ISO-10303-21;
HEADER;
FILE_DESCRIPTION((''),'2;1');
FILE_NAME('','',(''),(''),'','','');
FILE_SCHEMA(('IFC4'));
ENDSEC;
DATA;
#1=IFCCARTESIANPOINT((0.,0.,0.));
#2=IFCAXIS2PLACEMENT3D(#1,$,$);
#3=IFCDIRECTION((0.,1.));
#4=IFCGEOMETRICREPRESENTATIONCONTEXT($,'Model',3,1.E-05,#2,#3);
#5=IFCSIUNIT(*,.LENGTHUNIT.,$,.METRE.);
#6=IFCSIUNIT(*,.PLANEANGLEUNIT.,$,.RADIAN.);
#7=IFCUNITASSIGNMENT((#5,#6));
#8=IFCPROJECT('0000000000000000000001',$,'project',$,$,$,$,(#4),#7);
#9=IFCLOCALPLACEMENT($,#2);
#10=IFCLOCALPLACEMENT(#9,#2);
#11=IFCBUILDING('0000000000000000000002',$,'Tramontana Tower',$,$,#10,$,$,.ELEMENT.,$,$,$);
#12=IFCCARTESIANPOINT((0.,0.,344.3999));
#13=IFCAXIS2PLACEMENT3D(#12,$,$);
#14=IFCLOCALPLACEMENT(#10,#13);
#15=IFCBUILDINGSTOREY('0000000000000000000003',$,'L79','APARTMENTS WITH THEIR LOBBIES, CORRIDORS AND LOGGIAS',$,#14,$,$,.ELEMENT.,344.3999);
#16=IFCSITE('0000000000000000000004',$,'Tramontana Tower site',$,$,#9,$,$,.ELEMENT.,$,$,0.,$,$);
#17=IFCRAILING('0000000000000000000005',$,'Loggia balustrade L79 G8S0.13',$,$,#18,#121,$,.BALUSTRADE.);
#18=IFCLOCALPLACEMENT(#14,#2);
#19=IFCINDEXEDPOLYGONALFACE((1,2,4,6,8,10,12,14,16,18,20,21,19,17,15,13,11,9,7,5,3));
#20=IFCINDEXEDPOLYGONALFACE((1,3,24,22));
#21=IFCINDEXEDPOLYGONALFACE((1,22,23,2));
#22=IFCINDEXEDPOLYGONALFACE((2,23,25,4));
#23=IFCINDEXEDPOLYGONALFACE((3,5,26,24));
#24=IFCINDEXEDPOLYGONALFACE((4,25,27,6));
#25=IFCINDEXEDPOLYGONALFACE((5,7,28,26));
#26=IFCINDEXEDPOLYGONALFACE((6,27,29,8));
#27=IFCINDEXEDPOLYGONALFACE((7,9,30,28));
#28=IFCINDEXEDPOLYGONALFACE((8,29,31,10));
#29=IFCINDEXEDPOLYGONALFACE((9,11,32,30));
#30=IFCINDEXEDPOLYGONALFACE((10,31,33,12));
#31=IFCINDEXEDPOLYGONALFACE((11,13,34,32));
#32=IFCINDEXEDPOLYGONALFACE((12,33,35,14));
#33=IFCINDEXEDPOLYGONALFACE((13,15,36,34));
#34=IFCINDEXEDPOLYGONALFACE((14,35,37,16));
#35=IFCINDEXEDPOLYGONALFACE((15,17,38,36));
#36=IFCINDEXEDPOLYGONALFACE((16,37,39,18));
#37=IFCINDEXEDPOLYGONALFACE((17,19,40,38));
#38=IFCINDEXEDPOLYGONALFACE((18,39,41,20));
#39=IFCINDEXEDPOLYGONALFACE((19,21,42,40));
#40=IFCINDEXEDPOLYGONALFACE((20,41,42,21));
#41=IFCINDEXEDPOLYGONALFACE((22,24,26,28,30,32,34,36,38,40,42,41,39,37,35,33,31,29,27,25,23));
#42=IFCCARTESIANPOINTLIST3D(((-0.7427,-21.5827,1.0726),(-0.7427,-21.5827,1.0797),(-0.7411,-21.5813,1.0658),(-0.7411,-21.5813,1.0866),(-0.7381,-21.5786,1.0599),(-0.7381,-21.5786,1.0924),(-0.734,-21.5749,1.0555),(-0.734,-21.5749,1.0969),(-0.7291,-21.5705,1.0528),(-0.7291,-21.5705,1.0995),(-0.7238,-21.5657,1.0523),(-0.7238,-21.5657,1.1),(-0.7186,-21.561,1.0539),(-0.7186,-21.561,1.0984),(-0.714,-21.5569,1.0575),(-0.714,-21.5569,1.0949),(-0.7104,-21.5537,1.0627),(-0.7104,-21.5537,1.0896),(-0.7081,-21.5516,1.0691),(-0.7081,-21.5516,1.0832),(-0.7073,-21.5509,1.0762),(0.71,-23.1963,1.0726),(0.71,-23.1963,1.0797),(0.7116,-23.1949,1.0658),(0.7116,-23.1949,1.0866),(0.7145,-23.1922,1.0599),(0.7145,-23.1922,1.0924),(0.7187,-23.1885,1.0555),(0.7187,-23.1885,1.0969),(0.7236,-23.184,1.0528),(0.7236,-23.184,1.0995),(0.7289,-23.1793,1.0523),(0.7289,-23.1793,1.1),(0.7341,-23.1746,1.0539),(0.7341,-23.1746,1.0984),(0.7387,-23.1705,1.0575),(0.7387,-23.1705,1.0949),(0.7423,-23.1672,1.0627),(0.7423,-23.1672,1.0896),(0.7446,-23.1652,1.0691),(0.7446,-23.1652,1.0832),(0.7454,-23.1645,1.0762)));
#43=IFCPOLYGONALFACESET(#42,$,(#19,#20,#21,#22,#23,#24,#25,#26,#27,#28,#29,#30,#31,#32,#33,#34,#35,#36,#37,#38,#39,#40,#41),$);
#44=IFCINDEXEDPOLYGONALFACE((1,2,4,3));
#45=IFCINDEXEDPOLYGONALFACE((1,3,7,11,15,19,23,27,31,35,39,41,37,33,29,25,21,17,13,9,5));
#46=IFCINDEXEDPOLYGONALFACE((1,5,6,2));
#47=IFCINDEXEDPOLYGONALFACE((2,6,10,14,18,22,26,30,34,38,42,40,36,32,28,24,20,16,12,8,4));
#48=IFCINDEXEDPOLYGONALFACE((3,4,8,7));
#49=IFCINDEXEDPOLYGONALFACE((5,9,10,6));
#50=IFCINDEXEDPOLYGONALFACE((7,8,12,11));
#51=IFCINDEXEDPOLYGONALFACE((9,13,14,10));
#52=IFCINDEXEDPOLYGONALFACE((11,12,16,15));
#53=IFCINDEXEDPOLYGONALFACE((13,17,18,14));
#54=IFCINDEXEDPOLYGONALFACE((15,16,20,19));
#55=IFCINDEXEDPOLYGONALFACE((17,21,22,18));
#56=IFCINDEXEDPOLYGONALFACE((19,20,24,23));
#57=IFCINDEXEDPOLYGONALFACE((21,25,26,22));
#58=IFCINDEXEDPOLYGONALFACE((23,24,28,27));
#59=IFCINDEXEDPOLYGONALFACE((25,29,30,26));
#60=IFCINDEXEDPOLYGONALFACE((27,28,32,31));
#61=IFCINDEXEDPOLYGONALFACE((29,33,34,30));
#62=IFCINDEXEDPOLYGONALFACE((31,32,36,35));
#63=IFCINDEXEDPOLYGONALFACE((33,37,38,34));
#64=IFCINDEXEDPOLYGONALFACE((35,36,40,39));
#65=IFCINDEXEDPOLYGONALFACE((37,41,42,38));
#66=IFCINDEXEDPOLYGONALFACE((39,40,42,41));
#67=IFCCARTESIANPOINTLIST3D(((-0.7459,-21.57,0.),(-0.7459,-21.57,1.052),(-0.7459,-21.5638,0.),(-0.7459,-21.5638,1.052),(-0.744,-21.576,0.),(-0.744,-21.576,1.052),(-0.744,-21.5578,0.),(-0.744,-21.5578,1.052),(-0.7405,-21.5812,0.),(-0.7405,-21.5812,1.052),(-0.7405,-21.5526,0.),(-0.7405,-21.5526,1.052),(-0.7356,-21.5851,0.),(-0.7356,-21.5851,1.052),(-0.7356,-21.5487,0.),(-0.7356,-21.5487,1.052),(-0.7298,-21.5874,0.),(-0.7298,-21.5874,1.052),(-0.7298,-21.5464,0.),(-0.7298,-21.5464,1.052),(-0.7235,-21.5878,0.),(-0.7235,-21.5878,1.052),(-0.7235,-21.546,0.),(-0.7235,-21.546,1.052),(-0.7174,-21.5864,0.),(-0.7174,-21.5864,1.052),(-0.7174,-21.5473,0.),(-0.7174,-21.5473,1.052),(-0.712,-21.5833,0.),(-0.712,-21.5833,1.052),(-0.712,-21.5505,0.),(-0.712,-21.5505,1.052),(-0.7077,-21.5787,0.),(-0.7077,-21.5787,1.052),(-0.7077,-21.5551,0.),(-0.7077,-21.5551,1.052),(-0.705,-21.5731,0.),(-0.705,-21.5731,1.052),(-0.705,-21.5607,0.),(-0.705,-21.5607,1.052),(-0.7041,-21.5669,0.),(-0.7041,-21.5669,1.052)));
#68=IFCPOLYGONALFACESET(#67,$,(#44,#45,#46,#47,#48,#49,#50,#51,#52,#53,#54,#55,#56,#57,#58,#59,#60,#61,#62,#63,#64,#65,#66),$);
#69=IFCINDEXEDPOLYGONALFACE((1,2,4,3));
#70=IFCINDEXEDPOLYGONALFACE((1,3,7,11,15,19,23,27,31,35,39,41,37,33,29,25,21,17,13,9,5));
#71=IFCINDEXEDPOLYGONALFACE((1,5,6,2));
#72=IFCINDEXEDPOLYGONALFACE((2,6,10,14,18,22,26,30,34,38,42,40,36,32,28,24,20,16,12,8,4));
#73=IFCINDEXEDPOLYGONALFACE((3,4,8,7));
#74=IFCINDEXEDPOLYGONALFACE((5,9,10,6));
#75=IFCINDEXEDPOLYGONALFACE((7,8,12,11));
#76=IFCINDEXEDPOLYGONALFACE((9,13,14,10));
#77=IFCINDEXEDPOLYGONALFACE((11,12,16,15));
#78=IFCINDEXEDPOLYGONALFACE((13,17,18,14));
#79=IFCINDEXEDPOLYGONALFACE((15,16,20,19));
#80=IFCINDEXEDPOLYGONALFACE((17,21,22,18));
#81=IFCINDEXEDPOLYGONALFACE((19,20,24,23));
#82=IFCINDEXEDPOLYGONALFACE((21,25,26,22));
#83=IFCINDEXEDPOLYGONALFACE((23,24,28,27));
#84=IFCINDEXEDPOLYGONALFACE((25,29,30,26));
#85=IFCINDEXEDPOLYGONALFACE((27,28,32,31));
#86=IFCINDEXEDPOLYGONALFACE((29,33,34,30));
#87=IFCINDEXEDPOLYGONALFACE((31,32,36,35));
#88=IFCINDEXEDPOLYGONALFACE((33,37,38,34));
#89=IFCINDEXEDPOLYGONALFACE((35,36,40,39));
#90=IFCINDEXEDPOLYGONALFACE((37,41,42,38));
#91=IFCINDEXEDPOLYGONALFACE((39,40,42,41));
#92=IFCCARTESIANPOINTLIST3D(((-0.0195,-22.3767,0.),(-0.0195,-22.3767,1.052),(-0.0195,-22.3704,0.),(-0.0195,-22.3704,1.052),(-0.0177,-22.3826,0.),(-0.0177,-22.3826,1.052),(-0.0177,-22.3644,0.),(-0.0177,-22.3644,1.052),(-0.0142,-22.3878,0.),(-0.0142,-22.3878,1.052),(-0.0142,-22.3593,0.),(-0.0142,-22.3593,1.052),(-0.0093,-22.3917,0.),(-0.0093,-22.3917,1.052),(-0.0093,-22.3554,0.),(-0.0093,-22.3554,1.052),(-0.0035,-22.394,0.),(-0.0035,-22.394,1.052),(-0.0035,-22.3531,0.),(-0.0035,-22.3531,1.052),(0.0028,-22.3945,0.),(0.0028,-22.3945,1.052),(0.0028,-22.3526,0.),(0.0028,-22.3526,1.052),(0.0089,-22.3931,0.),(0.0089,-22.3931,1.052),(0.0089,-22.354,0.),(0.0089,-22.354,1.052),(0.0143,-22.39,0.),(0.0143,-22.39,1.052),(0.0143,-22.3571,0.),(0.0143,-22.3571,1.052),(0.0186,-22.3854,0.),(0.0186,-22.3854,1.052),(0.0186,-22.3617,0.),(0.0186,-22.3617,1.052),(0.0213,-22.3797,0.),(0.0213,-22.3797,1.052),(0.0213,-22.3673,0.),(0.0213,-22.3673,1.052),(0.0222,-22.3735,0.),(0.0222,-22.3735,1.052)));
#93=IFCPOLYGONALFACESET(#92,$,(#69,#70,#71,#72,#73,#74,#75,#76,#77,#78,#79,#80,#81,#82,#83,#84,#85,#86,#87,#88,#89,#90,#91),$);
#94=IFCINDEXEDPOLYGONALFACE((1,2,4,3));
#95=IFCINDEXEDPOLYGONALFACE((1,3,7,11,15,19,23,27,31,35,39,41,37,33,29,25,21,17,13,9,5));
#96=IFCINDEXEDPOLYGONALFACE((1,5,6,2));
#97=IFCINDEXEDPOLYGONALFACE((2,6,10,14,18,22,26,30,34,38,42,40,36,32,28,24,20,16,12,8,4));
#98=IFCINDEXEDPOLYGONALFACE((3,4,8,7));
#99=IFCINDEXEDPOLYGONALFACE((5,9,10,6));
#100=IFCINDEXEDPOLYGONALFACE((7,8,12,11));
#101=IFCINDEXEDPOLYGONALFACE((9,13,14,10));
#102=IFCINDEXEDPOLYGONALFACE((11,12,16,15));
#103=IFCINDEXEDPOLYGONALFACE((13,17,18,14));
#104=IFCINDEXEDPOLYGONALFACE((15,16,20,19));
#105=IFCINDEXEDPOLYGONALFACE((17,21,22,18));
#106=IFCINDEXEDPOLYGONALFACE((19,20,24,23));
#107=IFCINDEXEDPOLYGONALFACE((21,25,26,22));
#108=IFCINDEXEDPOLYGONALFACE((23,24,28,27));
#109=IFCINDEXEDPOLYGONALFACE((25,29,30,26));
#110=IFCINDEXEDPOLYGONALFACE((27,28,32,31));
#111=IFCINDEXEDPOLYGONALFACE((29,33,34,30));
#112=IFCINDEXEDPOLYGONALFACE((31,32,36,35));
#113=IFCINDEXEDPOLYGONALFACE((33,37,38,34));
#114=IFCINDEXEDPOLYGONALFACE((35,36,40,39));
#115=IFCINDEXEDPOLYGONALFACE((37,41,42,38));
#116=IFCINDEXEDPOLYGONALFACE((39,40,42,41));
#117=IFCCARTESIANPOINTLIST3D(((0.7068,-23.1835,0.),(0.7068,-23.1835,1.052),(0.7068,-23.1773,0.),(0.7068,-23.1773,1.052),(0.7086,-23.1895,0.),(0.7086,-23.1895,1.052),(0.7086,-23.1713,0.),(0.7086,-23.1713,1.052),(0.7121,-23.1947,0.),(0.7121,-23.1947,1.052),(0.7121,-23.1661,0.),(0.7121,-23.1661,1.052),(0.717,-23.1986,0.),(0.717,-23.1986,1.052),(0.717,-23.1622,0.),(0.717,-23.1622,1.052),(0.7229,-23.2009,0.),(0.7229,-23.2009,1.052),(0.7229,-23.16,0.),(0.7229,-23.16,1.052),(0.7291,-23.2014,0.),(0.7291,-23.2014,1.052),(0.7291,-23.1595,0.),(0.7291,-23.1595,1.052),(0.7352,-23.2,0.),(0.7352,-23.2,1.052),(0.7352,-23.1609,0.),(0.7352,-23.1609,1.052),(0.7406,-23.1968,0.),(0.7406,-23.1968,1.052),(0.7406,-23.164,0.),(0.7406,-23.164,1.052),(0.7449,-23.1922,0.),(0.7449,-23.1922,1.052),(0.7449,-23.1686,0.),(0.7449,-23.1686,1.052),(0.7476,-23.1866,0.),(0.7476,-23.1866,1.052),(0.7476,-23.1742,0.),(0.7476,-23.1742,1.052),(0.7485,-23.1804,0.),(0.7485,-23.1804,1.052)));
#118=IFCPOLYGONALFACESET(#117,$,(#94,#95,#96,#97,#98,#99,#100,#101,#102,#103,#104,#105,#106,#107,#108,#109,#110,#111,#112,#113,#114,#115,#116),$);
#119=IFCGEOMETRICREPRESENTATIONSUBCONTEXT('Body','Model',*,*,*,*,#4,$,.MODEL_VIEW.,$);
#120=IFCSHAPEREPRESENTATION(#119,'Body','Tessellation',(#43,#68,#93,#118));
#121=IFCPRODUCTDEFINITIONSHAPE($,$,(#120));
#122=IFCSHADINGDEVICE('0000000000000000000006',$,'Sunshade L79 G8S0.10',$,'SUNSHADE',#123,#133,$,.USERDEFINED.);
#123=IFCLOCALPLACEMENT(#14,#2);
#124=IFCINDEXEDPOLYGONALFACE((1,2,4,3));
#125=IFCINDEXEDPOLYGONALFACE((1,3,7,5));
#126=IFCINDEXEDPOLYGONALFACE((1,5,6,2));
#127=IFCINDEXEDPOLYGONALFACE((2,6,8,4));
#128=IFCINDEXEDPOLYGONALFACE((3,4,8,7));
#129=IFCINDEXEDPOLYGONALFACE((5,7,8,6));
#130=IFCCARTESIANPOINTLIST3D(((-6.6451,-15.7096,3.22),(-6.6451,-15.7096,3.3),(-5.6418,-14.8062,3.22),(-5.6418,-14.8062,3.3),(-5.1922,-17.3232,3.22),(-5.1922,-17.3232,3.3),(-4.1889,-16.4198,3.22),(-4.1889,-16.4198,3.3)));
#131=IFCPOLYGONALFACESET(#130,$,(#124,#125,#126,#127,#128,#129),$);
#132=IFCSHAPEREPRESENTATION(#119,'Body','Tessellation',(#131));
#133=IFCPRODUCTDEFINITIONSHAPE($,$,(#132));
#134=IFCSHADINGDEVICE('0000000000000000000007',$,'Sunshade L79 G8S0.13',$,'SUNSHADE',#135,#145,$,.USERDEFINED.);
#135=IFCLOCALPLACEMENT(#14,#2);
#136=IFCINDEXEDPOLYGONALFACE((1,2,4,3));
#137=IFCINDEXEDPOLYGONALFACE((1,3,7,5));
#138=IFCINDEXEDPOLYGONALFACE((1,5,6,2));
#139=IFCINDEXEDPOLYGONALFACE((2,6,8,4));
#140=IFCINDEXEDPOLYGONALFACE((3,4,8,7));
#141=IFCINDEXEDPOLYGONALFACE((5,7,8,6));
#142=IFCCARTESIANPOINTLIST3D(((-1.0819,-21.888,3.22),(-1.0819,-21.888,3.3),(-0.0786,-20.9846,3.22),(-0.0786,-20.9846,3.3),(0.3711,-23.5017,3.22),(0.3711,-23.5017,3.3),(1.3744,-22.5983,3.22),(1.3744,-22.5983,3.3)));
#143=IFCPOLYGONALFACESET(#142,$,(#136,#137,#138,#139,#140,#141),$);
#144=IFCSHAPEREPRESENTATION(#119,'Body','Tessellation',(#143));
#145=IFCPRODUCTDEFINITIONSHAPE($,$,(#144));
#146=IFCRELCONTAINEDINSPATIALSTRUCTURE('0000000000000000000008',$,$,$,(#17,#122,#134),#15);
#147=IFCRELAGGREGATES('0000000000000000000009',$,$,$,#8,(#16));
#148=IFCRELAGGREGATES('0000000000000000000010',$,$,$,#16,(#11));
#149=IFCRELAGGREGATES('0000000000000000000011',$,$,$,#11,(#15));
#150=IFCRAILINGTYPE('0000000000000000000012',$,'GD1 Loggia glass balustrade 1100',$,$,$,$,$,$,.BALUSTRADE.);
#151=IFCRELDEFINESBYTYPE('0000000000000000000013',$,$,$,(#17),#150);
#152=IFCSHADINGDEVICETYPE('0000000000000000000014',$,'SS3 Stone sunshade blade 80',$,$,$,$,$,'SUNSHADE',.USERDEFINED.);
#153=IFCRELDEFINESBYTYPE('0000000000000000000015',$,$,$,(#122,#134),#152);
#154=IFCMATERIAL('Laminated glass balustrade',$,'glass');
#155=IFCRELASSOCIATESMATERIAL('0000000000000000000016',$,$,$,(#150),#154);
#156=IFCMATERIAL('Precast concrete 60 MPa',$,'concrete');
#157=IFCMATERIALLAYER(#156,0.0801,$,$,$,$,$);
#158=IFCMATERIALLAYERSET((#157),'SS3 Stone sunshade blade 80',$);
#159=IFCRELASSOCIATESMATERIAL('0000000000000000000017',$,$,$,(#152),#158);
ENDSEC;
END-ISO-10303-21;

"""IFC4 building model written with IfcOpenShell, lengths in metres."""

from ifc_helpers import new_model, si_unit, direction, frame, origin, origin_2d, place, context, subcontext, project, spatial, rectangle, circle, extrude, material, layer, layer_set, type_object, element, save


model = new_model("IFC4")

# Units and contexts
model_context = context("Model", 3, precision=1e-05, world=origin(), true_north=direction((0.0, 1.0)))
body_context = subcontext(model_context, "Body", "Model", "MODEL_VIEW")
ifc_project = project(units=[si_unit("LENGTHUNIT", "METRE"), si_unit("PLANEANGLEUNIT", "RADIAN")], contexts=[model_context])

# Site, building, storey
site_placement = place(None, origin())
site = spatial("IfcSite", under=ifc_project, at=site_placement, Name="Tramontana Tower site", CompositionType="ELEMENT", RefElevation=0.0)
building_placement = place(site_placement, origin())
building = spatial("IfcBuilding", under=site, at=building_placement, Name="Tramontana Tower", CompositionType="ELEMENT")
storey_placement = place(building_placement, frame((0.0, 0.0, 344.3999)))
storey = spatial("IfcBuildingStorey", under=building, at=storey_placement, Name="L79", Description="APARTMENTS WITH THEIR LOBBIES, CORRIDORS AND LOGGIAS", CompositionType="ELEMENT", Elevation=344.3999)

# Railing
ifc_material_1 = material(Name="Laminated glass balustrade", Category="glass")
railing_type = type_object("IfcRailingType", Name="GD1 Loggia glass balustrade 1100", PredefinedType="BALUSTRADE", material=ifc_material_1)
railing_1_placement = place(storey_placement, frame((-0.7251, -21.5669, 0.0)))
element("IfcRailing", 1, at=railing_1_placement, inside=storey, type_object=railing_type, Name="Loggia balustrade L79 G8S0.13", PredefinedType="BALUSTRADE", context=body_context, shape_type="SweptSolid", body=[
    extrude(circle(Radius=0.0239, at=origin_2d()), frame((0.0, 0.0, 1.0762), z_axis=(0.669083, -0.743188, 0.0), x_axis=(0.743188, 0.669083, 0.0)), (0.0, 0.0, 1.0), 2.1711),
    extrude(circle(Radius=0.021, at=origin_2d()), origin(), (0.0, 0.0, 1.0), 1.052),
    extrude(circle(Radius=0.021, at=origin_2d()), frame((0.7263, -0.8066, 0.0)), (0.0, 0.0, 1.0), 1.052),
    extrude(circle(Radius=0.021, at=origin_2d()), frame((1.4526, -1.6135, 0.0)), (0.0, 0.0, 1.0), 1.052),
])

# Shading devices
ifc_material_2 = material(Name="Precast concrete 60 MPa", Category="concrete")
ifc_layer_1 = layer(ifc_material_2, 0.0801)
ifc_layer_set_1 = layer_set([ifc_layer_1], Name="SS3 Stone sunshade blade 80")
shading_device_type = type_object("IfcShadingDeviceType", Name="SS3 Stone sunshade blade 80", ElementType="SUNSHADE", PredefinedType="USERDEFINED", material=ifc_layer_set_1)
for number, where, z_axis, x_axis, name in (
    (2, (-5.417, -16.0647, 3.22), (0.0, 0.0, 1.0), (0.669131, -0.743145, 0.0), "Sunshade L79 G8S0.10"),
    (3, (0.1462, -22.2432, 3.22), (0.0, 0.0, 1.0), (0.669131, -0.743145, 0.0), "Sunshade L79 G8S0.13"),
):
    element("IfcShadingDevice", number, at=place(storey_placement, frame(where, z_axis=z_axis, x_axis=x_axis)), inside=storey, type_object=shading_device_type, Name=name, ObjectType="SUNSHADE", PredefinedType="USERDEFINED", context=body_context, shape_type="SweptSolid", body=[
        extrude(rectangle(XDim=2.1714, YDim=1.3501, at=origin_2d()), origin(), (0.0, 0.0, 1.0), 0.0801),
    ])

save(model, "model.ifc")
